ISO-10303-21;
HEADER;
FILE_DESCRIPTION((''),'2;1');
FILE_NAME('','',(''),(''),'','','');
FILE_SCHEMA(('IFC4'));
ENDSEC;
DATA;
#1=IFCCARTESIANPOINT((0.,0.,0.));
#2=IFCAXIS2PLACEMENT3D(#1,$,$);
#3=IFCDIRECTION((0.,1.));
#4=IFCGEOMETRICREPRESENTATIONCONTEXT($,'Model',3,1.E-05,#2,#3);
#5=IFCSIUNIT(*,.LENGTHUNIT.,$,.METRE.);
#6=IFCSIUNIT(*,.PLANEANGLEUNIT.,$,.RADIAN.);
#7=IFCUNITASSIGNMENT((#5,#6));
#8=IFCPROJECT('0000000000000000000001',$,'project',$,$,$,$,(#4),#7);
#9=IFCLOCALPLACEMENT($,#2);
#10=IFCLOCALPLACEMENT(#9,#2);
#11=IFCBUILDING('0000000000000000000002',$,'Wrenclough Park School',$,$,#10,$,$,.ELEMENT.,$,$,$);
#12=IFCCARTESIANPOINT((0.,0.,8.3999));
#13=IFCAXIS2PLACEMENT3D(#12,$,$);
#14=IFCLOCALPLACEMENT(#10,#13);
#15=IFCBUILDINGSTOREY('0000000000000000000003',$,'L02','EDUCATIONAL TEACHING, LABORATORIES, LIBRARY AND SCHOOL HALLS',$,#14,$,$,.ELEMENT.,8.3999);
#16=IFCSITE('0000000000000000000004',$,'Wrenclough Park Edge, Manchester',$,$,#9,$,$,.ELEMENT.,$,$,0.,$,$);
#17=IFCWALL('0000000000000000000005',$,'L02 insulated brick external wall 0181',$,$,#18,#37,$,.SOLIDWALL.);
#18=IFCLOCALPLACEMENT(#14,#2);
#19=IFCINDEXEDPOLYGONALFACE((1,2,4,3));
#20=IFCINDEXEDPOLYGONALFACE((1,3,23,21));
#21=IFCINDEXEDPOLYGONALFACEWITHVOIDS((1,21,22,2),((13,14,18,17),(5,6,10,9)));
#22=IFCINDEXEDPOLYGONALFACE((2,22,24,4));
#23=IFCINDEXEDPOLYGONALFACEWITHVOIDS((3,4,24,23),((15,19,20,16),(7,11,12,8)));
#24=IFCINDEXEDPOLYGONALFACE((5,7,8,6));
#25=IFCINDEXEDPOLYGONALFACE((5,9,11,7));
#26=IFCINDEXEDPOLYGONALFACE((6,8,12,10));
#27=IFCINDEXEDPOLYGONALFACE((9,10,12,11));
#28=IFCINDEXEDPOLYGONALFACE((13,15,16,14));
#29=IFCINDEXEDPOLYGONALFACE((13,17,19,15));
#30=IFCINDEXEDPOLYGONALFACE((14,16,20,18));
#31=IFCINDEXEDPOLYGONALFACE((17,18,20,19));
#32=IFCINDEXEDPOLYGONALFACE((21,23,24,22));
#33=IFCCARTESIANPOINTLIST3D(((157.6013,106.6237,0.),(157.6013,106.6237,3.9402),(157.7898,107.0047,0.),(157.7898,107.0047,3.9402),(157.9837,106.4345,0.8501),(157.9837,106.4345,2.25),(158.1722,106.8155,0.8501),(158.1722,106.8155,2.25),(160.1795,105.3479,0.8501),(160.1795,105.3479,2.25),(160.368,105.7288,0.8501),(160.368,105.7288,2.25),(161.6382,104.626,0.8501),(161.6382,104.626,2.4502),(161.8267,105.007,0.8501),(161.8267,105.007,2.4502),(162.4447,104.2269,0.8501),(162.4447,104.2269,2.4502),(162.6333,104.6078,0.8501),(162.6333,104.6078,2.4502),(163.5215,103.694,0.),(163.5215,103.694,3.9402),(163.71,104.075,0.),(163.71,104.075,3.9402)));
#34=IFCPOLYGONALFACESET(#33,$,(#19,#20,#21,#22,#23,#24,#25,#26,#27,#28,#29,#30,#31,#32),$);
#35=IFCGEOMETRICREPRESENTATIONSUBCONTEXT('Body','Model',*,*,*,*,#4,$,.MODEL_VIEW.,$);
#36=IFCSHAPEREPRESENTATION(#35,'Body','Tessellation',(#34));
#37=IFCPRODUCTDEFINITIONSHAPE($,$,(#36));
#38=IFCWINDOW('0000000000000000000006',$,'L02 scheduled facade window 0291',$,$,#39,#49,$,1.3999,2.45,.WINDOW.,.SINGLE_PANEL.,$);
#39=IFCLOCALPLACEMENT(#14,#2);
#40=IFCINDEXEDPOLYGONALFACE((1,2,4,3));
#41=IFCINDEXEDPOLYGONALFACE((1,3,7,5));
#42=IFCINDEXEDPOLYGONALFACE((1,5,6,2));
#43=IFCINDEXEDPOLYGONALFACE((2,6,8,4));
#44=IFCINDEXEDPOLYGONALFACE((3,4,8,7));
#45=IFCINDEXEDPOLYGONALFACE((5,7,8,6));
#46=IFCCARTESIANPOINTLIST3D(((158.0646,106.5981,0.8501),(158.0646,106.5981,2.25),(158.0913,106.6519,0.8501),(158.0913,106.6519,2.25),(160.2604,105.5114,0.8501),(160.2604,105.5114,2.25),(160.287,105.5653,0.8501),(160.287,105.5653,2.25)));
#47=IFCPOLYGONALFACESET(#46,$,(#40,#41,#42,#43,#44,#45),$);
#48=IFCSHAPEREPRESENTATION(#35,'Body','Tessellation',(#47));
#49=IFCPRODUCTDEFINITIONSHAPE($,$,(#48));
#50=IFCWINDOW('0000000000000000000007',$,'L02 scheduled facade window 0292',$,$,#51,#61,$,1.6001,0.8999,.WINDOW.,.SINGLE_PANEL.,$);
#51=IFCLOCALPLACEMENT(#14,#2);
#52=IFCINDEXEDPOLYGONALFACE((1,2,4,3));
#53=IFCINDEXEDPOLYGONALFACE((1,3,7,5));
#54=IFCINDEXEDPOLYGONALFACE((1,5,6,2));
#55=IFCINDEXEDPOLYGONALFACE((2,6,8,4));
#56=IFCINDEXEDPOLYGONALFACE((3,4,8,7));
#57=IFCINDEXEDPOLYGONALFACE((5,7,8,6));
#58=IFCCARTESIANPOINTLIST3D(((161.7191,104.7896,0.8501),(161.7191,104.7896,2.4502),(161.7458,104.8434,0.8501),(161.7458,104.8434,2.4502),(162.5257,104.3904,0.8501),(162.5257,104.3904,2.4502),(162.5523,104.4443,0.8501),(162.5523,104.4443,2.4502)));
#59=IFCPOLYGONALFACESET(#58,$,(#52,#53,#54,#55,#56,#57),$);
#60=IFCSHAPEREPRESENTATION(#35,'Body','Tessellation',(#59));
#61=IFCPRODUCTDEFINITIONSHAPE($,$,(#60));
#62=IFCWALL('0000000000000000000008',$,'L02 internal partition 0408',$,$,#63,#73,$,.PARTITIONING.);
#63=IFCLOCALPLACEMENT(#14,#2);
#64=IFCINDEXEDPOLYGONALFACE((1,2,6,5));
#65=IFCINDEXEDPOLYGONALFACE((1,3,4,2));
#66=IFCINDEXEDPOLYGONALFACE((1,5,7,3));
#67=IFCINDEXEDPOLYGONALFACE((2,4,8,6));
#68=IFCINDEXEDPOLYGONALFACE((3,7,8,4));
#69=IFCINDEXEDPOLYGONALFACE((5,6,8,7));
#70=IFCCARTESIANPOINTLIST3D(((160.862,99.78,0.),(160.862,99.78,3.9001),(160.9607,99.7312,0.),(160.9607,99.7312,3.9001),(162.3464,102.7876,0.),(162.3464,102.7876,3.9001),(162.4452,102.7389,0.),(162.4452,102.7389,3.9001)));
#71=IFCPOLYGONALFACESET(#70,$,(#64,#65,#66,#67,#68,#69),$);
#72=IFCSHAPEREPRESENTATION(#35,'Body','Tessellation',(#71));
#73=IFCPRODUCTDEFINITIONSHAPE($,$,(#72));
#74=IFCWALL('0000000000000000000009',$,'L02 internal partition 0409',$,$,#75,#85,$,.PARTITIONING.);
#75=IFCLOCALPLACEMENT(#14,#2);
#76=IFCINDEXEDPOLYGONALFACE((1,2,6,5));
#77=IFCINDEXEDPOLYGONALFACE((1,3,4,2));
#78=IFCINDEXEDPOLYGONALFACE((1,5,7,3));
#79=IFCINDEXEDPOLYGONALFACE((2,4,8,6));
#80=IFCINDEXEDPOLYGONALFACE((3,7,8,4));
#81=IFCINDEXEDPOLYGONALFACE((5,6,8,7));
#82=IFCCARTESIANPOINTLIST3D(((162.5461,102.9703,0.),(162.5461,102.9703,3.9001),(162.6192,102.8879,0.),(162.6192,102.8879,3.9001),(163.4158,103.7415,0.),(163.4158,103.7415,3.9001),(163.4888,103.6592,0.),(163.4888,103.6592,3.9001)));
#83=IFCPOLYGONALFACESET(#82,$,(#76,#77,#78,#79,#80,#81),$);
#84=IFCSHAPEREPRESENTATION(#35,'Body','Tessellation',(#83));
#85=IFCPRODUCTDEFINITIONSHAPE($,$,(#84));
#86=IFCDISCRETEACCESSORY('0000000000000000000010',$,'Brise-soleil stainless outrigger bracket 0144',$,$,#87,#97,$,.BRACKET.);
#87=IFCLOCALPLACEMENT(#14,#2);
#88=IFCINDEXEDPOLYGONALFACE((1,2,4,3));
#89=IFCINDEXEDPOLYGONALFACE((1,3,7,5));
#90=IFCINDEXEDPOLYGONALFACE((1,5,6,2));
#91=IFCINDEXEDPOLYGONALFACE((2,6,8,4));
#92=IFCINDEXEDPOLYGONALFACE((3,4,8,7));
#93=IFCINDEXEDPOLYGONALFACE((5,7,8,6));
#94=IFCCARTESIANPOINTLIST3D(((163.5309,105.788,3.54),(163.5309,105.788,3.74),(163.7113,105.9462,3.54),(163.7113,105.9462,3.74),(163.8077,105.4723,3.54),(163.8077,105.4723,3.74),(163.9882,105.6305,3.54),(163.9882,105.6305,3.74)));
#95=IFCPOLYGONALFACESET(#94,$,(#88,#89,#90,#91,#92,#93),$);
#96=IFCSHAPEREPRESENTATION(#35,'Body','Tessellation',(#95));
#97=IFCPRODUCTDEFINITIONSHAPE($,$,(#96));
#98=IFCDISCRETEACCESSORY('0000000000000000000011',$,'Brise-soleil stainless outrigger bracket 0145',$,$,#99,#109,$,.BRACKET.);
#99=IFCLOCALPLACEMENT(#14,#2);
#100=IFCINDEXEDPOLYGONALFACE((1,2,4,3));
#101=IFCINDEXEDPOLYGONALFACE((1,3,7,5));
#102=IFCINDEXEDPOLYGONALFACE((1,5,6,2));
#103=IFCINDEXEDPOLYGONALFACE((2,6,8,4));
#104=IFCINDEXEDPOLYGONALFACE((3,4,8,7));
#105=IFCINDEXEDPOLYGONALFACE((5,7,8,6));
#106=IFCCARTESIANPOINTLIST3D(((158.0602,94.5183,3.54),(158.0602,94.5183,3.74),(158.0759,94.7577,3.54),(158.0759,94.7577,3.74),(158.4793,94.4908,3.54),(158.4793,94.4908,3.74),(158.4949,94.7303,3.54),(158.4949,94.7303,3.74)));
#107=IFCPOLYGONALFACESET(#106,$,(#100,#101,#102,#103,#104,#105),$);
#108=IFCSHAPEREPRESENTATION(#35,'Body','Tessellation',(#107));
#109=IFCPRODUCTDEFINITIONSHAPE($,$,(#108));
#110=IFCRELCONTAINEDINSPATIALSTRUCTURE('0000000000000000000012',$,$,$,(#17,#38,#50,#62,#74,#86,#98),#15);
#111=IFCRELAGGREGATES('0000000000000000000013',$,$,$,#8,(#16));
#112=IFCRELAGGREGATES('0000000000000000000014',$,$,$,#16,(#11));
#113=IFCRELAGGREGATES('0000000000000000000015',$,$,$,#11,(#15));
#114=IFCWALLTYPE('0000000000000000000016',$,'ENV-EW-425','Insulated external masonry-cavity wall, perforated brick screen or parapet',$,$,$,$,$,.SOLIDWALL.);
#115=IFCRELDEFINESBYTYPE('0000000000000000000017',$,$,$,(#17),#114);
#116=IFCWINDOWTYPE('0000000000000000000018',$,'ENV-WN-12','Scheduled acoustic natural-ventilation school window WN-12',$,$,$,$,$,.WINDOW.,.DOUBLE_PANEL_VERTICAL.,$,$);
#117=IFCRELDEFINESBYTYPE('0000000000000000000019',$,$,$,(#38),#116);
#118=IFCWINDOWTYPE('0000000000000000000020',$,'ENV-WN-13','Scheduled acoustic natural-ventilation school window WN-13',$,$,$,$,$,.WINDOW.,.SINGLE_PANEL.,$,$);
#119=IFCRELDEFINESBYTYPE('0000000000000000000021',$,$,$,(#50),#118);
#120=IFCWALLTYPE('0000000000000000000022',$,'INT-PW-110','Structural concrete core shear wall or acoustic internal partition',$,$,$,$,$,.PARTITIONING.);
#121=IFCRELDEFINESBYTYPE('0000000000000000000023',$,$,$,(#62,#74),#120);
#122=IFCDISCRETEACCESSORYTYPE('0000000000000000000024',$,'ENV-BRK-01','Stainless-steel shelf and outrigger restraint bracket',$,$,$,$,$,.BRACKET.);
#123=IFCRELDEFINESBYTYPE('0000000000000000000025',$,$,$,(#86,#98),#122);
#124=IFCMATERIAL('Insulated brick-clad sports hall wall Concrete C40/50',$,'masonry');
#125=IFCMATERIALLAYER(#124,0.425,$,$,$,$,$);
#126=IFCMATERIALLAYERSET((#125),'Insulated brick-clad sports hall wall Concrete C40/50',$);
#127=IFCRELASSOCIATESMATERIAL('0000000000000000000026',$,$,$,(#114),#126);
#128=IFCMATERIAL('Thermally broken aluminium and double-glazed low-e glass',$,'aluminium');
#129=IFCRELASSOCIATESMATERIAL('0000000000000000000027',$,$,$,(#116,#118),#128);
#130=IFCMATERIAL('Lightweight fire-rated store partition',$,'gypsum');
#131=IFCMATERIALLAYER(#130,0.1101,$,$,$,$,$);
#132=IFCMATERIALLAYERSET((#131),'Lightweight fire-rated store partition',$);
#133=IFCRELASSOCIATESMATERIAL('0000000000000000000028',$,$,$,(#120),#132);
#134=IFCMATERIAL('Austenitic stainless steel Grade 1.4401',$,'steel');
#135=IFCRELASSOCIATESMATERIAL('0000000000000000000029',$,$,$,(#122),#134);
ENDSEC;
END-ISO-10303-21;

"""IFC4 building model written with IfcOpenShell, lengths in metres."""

from ifc_helpers import new_model, si_unit, direction, frame, frame_2d, origin, origin_2d, place, context, subcontext, project, spatial, rectangle, extrude, material, layer, layer_set, type_object, element, fill, save


model = new_model("IFC4")

# Units and contexts
model_context = context("Model", 3, precision=1e-05, world=origin(), true_north=direction((0.0, 1.0)))
body_context = subcontext(model_context, "Body", "Model", "MODEL_VIEW")
ifc_project = project(units=[si_unit("LENGTHUNIT", "METRE"), si_unit("PLANEANGLEUNIT", "RADIAN")], contexts=[model_context])

# Site, building, storey
site_placement = place(None, origin())
site = spatial("IfcSite", under=ifc_project, at=site_placement, Name="Wrenclough Park Edge, Manchester", CompositionType="ELEMENT", RefElevation=0.0)
building_placement = place(site_placement, origin())
building = spatial("IfcBuilding", under=site, at=building_placement, Name="Wrenclough Park School", CompositionType="ELEMENT")
storey_placement = place(building_placement, frame((0.0, 0.0, 8.3999)))
storey = spatial("IfcBuildingStorey", under=building, at=storey_placement, Name="L02", Description="EDUCATIONAL TEACHING, LABORATORIES, LIBRARY AND SCHOOL HALLS", CompositionType="ELEMENT", Elevation=8.3999)

# Shared definitions
ifc_material_1 = material(Name="Thermally broken aluminium and double-glazed low-e glass", Category="aluminium")

# Wall, openings, windows
ifc_material_2 = material(Name="Insulated brick-clad sports hall wall Concrete C40/50", Category="masonry")
ifc_layer_1 = layer(ifc_material_2, 0.425)
ifc_layer_set_1 = layer_set([ifc_layer_1], Name="Insulated brick-clad sports hall wall Concrete C40/50")
wall_type_1 = type_object("IfcWallType", Name="ENV-EW-425", Description="Insulated external masonry-cavity wall, perforated brick screen or parapet", PredefinedType="SOLIDWALL", material=ifc_layer_set_1)
wall_1_placement = place(storey_placement, frame((157.6956, 106.8142, 0.0), z_axis=(0.0, 0.0, 1.0), x_axis=(0.89626, -0.443529, 0.0)))
wall_1 = element("IfcWall", 1, at=wall_1_placement, inside=storey, type_object=wall_type_1, Name="L02 insulated brick external wall 0181", PredefinedType="SOLIDWALL", context=body_context, shape_type="SweptSolid", body=[
    extrude(rectangle(XDim=6.6055, YDim=0.425, at=frame_2d((3.3027, 0.0))), origin(), (0.0, 0.0, 1.0), 3.9402),
])
opening_1_placement = place(wall_1_placement, frame((0.4265, 0.0, 0.8501)))
opening_1 = element("IfcOpeningElement", 2, at=opening_1_placement, cuts=wall_1, PredefinedType="OPENING", context=body_context, shape_type="SweptSolid", body=[
    extrude(rectangle(XDim=2.45, YDim=1.3999, at=frame_2d((1.2251, 0.7))), frame((0.0, 0.2224, 0.0), z_axis=(0.0, -1.0, 0.0), x_axis=(1.0, 0.0, 0.0)), (0.0, 0.0, 1.0), 0.4451),
])
opening_2_placement = place(wall_1_placement, frame((4.5042, 0.0, 0.8501)))
opening_2 = element("IfcOpeningElement", 3, at=opening_2_placement, cuts=wall_1, PredefinedType="OPENING", context=body_context, shape_type="SweptSolid", body=[
    extrude(rectangle(XDim=0.8999, YDim=1.6001, at=frame_2d((0.45, 0.8))), frame((0.0, 0.2224, 0.0), z_axis=(0.0, -1.0, 0.0), x_axis=(1.0, 0.0, 0.0)), (0.0, 0.0, 1.0), 0.4451),
])
window_type_1 = type_object("IfcWindowType", Name="ENV-WN-12", Description="Scheduled acoustic natural-ventilation school window WN-12", PartitioningType="DOUBLE_PANEL_VERTICAL", PredefinedType="WINDOW", material=ifc_material_1)
window_1_placement = place(opening_1_placement, origin())
window_1 = element("IfcWindow", 4, at=window_1_placement, inside=storey, type_object=window_type_1, Name="L02 scheduled facade window 0291", OverallHeight=1.3999, OverallWidth=2.45, PartitioningType="SINGLE_PANEL", PredefinedType="WINDOW", context=body_context, shape_type="SweptSolid", body=[
    extrude(rectangle(XDim=2.45, YDim=1.3999, at=frame_2d((1.2251, 0.7))), frame((0.0, 0.03, 0.0), z_axis=(0.0, -1.0, 0.0), x_axis=(1.0, 0.0, 0.0)), (0.0, 0.0, 1.0), 0.0601),
])
fill(opening_1, window_1)
window_type_2 = type_object("IfcWindowType", Name="ENV-WN-13", Description="Scheduled acoustic natural-ventilation school window WN-13", PartitioningType="SINGLE_PANEL", PredefinedType="WINDOW", material=ifc_material_1)
window_2_placement = place(opening_2_placement, origin())
window_2 = element("IfcWindow", 5, at=window_2_placement, inside=storey, type_object=window_type_2, Name="L02 scheduled facade window 0292", OverallHeight=1.6001, OverallWidth=0.8999, PartitioningType="SINGLE_PANEL", PredefinedType="WINDOW", context=body_context, shape_type="SweptSolid", body=[
    extrude(rectangle(XDim=0.8999, YDim=1.6001, at=frame_2d((0.45, 0.8))), frame((0.0, 0.03, 0.0), z_axis=(0.0, -1.0, 0.0), x_axis=(1.0, 0.0, 0.0)), (0.0, 0.0, 1.0), 0.0601),
])
fill(opening_2, window_2)

# Walls
ifc_material_3 = material(Name="Lightweight fire-rated store partition", Category="gypsum")
ifc_layer_2 = layer(ifc_material_3, 0.1101)
ifc_layer_set_2 = layer_set([ifc_layer_2], Name="Lightweight fire-rated store partition")
wall_type_2 = type_object("IfcWallType", Name="INT-PW-110", Description="Structural concrete core shear wall or acoustic internal partition", PredefinedType="PARTITIONING", material=ifc_layer_set_2)
wall_2_placement = place(storey_placement, frame((160.9114, 99.7556, 0.0), z_axis=(0.0, 0.0, 1.0), x_axis=(0.442578, 0.89673, 0.0)))
element("IfcWall", 6, at=wall_2_placement, inside=storey, type_object=wall_type_2, Name="L02 internal partition 0408", PredefinedType="PARTITIONING", context=body_context, shape_type="SweptSolid", body=[
    extrude(rectangle(XDim=3.354, YDim=0.1101, at=frame_2d((1.677, 0.0))), origin(), (0.0, 0.0, 1.0), 3.9001),
])
wall_3_placement = place(storey_placement, frame((162.5828, 102.9292, 0.0), z_axis=(0.0, 0.0, 1.0), x_axis=(0.748162, 0.663516, 0.0)))
element("IfcWall", 7, at=wall_3_placement, inside=storey, type_object=wall_type_2, Name="L02 internal partition 0409", PredefinedType="PARTITIONING", context=body_context, shape_type="SweptSolid", body=[
    extrude(rectangle(XDim=1.1624, YDim=0.1101, at=frame_2d((0.5811, 0.0))), origin(), (0.0, 0.0, 1.0), 3.9001),
])

# Discrete accessories
ifc_material_4 = material(Name="Austenitic stainless steel Grade 1.4401", Category="steel")
discrete_accessory_type = type_object("IfcDiscreteAccessoryType", Name="ENV-BRK-01", Description="Stainless-steel shelf and outrigger restraint bracket", PredefinedType="BRACKET", material=ifc_material_4)
for number, where, z_axis, x_axis, name in (
    (8, (163.7595, 105.7092, 3.54), (0.0, 0.0, 1.0), (-0.751841, -0.659345, 0.0), "Brise-soleil stainless outrigger bracket 0144"),
    (9, (158.2776, 94.6243, 3.54), (0.0, 0.0, 1.0), (-0.0654, -0.997859, 0.0), "Brise-soleil stainless outrigger bracket 0145"),
):
    element("IfcDiscreteAccessory", number, at=place(storey_placement, frame(where, z_axis=z_axis, x_axis=x_axis)), inside=storey, type_object=discrete_accessory_type, Name=name, PredefinedType="BRACKET", context=body_context, shape_type="SweptSolid", body=[
        extrude(rectangle(XDim=0.24, YDim=0.4199, at=origin_2d()), origin(), (0.0, 0.0, 1.0), 0.2),
    ])

save(model, "model.ifc")
